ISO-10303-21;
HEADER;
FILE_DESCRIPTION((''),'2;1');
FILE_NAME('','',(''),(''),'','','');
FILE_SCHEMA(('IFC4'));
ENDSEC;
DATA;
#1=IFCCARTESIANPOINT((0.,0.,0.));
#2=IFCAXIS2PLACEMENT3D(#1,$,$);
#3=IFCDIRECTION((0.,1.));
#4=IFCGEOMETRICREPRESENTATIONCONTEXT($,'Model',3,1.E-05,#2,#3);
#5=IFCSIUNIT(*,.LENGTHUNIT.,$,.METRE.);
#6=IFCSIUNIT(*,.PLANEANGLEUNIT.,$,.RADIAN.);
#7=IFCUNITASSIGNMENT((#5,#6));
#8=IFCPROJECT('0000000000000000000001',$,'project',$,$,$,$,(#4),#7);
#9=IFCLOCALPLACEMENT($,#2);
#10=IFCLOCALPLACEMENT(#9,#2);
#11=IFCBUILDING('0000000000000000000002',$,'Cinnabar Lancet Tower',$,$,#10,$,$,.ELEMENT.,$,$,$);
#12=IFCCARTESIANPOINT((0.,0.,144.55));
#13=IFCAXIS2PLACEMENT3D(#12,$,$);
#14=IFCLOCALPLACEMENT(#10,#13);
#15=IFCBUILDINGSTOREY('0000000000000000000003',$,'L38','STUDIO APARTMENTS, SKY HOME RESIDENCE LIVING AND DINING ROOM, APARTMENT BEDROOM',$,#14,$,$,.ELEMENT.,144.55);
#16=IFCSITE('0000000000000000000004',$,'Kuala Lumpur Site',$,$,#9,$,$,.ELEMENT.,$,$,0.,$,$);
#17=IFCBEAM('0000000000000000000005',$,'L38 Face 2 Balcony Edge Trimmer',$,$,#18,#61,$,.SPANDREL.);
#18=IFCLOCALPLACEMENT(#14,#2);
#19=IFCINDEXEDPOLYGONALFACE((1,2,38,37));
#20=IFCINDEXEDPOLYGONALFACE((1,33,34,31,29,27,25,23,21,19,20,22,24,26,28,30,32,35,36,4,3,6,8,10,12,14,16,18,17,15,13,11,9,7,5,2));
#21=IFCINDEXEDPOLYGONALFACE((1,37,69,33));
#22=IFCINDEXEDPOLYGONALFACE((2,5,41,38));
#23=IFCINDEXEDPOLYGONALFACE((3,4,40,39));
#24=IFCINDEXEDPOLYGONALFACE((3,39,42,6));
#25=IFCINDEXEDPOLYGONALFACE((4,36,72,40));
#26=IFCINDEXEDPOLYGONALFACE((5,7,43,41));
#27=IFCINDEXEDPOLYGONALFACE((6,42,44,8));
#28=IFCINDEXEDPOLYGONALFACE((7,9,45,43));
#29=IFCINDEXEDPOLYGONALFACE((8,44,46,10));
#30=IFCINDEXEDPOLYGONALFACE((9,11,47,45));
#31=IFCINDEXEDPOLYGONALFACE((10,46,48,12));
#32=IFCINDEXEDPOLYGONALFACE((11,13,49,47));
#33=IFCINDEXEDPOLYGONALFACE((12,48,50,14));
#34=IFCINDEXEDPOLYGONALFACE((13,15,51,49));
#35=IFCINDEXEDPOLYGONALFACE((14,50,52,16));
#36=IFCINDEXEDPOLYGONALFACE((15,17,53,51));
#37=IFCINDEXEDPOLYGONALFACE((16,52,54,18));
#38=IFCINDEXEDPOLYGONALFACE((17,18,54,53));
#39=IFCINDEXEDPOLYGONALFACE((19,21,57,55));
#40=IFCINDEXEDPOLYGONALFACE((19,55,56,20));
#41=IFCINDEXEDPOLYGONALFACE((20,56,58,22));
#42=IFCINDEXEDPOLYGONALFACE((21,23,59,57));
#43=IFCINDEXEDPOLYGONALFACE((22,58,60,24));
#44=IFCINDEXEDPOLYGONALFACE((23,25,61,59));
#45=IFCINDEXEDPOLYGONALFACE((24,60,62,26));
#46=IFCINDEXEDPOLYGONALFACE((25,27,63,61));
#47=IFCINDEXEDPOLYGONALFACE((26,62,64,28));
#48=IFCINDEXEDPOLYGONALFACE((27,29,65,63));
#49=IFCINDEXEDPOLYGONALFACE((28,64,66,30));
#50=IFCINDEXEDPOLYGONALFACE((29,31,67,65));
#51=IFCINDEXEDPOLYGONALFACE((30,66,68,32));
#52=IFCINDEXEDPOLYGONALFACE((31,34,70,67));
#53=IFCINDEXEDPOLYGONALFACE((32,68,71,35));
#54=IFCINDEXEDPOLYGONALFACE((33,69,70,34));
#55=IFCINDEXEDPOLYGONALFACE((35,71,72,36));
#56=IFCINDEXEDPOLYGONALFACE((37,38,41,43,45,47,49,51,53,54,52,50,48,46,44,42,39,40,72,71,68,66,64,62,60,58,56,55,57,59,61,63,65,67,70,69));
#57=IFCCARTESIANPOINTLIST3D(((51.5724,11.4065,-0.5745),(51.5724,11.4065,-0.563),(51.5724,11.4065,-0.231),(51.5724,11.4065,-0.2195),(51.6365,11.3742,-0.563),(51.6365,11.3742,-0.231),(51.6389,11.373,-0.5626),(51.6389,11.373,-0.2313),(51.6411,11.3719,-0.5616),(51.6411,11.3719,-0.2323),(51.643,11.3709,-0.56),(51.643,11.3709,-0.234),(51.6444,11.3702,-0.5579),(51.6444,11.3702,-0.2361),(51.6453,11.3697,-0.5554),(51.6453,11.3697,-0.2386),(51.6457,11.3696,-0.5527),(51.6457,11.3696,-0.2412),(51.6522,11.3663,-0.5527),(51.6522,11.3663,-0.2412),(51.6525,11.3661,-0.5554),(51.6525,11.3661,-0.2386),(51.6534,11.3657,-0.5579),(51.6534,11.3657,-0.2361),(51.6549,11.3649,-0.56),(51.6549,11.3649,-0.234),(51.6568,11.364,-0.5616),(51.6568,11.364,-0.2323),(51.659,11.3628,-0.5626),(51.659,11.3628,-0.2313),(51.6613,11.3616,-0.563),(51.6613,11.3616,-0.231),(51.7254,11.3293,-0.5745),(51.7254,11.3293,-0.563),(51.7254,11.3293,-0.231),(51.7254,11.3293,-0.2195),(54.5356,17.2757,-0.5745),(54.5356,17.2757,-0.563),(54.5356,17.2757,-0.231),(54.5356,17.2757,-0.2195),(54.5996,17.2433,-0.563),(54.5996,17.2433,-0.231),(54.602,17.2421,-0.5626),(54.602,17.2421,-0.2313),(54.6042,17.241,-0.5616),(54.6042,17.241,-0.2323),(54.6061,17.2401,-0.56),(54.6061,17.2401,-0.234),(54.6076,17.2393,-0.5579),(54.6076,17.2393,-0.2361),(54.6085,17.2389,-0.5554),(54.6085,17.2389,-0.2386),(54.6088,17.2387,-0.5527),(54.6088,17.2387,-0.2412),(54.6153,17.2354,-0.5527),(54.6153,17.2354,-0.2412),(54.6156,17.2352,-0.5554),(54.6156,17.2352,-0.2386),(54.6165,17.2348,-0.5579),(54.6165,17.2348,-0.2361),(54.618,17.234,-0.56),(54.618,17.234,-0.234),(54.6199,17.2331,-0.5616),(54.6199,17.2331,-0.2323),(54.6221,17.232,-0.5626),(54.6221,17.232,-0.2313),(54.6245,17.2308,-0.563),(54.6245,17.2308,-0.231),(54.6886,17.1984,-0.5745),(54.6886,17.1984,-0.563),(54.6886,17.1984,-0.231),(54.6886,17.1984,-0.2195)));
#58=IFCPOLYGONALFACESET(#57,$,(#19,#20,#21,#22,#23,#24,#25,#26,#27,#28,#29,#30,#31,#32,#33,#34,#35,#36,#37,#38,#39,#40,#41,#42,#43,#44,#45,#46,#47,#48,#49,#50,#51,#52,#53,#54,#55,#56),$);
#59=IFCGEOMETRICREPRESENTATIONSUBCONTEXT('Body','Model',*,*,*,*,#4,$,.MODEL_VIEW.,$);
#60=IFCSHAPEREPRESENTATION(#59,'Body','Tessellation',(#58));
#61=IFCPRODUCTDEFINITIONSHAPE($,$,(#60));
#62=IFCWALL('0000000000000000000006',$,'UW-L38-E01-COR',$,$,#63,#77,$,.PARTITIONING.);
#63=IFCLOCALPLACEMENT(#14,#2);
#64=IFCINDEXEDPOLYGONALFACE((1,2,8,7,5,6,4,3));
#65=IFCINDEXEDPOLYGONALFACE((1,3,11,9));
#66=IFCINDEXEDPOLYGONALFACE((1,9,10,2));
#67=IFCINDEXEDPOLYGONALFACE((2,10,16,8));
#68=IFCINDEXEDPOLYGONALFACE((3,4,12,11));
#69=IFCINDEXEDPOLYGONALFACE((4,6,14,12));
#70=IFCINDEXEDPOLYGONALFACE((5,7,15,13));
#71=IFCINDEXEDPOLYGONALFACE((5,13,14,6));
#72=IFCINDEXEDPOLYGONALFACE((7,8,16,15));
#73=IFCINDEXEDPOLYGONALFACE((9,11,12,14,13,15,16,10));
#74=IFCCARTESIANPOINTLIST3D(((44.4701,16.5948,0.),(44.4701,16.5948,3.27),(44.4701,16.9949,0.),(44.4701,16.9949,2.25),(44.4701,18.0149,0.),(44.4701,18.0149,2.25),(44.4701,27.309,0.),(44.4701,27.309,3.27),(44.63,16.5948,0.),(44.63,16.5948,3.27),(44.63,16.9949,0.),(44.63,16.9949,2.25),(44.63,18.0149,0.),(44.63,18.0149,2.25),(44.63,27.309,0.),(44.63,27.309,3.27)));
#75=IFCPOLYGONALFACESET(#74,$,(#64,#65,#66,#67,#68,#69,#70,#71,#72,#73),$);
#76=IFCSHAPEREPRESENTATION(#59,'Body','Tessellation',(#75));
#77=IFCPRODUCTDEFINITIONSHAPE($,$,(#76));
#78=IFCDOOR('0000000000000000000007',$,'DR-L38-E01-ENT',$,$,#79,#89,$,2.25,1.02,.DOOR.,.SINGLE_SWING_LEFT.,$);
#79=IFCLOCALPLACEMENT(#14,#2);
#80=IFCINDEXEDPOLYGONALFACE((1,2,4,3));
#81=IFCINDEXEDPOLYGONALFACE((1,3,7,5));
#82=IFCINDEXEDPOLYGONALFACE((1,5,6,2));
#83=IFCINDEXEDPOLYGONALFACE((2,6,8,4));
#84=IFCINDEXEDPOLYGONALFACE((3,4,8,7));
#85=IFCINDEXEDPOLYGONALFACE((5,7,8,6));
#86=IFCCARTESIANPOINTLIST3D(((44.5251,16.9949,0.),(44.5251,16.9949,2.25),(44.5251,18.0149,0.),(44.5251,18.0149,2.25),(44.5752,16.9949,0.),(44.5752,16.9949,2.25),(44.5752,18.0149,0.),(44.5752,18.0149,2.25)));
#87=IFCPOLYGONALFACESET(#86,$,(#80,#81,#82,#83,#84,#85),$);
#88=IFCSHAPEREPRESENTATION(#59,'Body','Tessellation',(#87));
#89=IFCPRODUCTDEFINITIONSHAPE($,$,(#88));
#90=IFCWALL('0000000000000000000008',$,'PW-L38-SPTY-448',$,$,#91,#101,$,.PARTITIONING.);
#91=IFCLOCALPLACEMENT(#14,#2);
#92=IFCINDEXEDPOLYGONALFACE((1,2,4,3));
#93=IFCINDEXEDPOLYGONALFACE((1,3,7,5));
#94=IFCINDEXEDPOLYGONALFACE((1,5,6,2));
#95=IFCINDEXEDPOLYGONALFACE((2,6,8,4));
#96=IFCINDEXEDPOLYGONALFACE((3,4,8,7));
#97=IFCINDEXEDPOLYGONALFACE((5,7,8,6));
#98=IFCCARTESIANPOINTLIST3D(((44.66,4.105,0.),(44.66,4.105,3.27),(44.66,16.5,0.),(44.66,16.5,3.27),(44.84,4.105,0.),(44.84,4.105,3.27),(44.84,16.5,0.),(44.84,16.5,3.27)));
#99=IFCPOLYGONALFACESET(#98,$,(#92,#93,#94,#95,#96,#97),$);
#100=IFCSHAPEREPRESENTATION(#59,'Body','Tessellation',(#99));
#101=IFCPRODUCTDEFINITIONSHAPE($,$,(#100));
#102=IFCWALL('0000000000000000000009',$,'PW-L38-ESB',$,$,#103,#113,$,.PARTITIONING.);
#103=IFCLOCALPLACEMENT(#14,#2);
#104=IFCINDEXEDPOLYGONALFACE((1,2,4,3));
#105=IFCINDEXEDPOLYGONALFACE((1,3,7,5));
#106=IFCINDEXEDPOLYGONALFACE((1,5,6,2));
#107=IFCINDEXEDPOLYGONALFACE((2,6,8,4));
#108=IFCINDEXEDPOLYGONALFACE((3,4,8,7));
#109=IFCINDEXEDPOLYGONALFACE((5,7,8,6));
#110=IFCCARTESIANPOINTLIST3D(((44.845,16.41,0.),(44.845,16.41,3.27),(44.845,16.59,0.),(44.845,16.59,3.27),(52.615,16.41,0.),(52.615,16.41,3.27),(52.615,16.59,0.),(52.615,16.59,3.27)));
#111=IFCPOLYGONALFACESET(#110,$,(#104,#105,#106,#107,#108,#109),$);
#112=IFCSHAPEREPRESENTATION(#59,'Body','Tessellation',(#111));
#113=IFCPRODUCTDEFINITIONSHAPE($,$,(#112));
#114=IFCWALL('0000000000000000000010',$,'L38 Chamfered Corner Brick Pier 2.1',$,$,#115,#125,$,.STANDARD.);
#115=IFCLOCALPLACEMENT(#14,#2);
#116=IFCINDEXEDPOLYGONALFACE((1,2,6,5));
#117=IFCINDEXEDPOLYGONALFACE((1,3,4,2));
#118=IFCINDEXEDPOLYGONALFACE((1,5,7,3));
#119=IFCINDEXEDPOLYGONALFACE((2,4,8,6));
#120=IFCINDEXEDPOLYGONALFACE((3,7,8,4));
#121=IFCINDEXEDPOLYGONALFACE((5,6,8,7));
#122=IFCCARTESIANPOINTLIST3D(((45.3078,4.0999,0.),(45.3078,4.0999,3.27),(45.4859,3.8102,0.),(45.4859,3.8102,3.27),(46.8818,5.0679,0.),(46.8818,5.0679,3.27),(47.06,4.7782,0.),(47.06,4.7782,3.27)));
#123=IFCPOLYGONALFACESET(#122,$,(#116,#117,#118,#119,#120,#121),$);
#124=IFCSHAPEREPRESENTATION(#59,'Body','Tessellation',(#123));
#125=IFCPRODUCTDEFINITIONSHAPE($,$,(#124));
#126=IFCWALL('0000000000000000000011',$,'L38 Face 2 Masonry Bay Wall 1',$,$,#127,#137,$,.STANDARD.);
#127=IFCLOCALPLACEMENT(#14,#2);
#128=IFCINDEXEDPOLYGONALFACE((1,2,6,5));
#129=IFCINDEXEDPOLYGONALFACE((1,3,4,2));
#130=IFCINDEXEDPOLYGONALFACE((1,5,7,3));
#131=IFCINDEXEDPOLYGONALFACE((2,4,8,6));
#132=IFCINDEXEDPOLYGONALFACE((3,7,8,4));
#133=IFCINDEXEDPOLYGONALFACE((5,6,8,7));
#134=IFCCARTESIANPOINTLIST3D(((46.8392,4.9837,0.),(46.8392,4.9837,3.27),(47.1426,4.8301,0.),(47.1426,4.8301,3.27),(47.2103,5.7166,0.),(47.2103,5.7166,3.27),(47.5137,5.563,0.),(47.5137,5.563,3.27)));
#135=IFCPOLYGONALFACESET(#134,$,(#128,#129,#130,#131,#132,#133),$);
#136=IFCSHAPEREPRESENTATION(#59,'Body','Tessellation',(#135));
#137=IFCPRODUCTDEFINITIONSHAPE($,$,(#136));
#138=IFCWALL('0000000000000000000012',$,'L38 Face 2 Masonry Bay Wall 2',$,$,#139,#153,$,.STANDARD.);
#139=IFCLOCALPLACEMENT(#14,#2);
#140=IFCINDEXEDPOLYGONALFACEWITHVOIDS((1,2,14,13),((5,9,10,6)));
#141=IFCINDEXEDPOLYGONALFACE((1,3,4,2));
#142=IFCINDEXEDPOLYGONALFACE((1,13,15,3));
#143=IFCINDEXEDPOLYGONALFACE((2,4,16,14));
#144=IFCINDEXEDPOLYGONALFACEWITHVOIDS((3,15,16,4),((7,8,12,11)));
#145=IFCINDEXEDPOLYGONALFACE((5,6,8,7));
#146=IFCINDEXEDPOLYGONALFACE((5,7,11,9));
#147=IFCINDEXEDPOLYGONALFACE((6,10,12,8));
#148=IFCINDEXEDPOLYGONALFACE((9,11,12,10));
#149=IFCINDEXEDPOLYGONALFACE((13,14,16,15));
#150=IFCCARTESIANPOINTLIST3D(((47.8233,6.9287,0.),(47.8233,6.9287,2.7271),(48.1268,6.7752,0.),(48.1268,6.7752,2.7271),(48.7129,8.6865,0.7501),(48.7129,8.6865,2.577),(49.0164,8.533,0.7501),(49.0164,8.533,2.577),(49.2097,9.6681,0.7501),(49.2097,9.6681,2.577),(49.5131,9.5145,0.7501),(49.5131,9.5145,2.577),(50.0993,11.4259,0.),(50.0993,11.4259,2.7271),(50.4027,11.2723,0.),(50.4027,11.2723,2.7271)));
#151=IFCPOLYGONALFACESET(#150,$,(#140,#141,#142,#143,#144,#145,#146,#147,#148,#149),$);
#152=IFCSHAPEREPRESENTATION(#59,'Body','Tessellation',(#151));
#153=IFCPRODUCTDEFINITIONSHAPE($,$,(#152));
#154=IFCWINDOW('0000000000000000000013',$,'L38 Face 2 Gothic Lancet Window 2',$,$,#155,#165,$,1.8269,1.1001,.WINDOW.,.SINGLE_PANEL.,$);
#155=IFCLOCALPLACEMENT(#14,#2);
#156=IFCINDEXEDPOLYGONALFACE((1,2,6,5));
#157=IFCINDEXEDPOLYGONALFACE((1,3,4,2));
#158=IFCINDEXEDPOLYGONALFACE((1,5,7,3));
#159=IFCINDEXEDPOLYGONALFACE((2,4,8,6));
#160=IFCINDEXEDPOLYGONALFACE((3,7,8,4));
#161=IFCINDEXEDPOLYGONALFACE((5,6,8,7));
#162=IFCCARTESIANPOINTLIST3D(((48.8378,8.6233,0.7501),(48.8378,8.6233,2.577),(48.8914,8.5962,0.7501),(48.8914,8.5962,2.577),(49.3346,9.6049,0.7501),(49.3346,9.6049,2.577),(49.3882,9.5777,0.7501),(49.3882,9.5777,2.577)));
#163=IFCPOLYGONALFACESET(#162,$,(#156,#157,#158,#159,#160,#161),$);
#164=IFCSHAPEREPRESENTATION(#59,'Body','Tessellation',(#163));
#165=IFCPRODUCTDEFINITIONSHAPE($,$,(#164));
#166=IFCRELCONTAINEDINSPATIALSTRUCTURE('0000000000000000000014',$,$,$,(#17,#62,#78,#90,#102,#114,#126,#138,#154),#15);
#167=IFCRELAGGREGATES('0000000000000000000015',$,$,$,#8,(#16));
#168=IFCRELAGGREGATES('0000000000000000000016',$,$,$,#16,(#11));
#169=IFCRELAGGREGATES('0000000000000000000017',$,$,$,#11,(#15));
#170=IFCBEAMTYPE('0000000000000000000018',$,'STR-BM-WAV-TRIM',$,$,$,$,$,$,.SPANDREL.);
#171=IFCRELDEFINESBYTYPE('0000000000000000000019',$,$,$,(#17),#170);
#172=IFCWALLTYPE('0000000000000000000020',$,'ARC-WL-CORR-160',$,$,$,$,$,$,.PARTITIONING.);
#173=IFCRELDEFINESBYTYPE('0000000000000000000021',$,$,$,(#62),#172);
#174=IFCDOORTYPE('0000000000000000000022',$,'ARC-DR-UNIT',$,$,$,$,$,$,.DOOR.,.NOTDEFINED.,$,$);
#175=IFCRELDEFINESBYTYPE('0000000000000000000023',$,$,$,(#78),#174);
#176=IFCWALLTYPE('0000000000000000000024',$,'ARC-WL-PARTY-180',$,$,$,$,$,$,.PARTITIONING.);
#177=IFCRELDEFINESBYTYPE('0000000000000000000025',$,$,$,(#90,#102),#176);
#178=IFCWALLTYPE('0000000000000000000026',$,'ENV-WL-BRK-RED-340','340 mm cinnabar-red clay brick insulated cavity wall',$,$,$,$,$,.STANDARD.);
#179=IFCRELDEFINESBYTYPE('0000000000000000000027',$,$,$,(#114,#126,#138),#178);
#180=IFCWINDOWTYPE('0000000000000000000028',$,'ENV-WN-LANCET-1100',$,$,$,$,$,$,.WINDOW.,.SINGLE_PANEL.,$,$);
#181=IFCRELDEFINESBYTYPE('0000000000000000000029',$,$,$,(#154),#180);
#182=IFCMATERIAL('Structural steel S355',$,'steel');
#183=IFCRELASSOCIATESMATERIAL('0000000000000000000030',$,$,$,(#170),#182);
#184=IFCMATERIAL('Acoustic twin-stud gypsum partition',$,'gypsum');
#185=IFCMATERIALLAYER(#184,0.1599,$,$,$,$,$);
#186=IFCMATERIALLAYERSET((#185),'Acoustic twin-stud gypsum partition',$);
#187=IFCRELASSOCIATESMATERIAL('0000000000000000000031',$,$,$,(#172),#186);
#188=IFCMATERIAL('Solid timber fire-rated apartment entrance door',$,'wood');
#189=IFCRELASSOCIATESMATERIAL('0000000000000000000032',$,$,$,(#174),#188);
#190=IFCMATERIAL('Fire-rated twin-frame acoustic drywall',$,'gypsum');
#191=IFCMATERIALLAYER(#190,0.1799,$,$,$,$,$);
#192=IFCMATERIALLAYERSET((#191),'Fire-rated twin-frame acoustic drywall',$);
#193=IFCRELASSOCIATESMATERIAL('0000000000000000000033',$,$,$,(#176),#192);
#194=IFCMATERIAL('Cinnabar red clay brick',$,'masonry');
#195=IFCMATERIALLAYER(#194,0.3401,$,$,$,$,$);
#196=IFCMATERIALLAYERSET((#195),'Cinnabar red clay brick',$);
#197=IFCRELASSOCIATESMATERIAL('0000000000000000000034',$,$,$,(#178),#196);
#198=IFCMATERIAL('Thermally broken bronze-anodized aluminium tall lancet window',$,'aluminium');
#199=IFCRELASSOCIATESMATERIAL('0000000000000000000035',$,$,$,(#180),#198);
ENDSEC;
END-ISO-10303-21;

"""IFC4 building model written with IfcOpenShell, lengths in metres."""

from ifc_helpers import new_model, si_unit, direction, frame, frame_2d, origin, origin_2d, place, context, subcontext, project, spatial, rectangle, i_section, extrude, material, layer, layer_set, material_profile, profile_set, type_object, element, fill, save


model = new_model("IFC4")

# Units and contexts
model_context = context("Model", 3, precision=1e-05, world=origin(), true_north=direction((0.0, 1.0)))
body_context = subcontext(model_context, "Body", "Model", "MODEL_VIEW")
ifc_project = project(units=[si_unit("LENGTHUNIT", "METRE"), si_unit("PLANEANGLEUNIT", "RADIAN")], contexts=[model_context])

# Site, building, storey
site_placement = place(None, origin())
site = spatial("IfcSite", under=ifc_project, at=site_placement, Name="Kuala Lumpur Site", CompositionType="ELEMENT", RefElevation=0.0)
building_placement = place(site_placement, origin())
building = spatial("IfcBuilding", under=site, at=building_placement, Name="Cinnabar Lancet Tower", CompositionType="ELEMENT")
storey_placement = place(building_placement, frame((0.0, 0.0, 144.55)))
storey = spatial("IfcBuildingStorey", under=building, at=storey_placement, Name="L38", Description="STUDIO APARTMENTS, SKY HOME RESIDENCE LIVING AND DINING ROOM, APARTMENT BEDROOM", CompositionType="ELEMENT", Elevation=144.55)

# Beam
ifc_material_1 = material(Name="Structural steel S355", Category="steel")
ifc_material_profile_1 = material_profile(ifc_material_1, i_section(OverallWidth=0.1714, OverallDepth=0.355, WebThickness=0.0073, FlangeThickness=0.0115, FilletRadius=0.0103, at=origin_2d()), Name="UKB 356x171x51")
ifc_profile_set_1 = profile_set([ifc_material_profile_1], Name="Structural steel S355")
beam_type_1 = type_object("IfcBeamType", Name="STR-BM-WAV-TRIM", PredefinedType="SPANDREL", material=ifc_profile_set_1)
beam_1_placement = place(storey_placement, frame((51.6489, 11.3679, -0.397), z_axis=(0.450686, 0.892683, 0.0), x_axis=(-0.892683, 0.450686, 0.0)))
element("IfcBeam", 1, at=beam_1_placement, inside=storey, type_object=beam_type_1, Name="L38 Face 2 Balcony Edge Trimmer", PredefinedType="SPANDREL", context=body_context, shape_type="SweptSolid", body=[
    extrude(i_section(OverallWidth=0.1714, OverallDepth=0.355, WebThickness=0.0073, FlangeThickness=0.0115, FilletRadius=0.0103, at=origin_2d()), origin(), (0.0, 0.0, 1.0), 6.5747),
])

# Wall, opening, door
ifc_material_2 = material(Name="Acoustic twin-stud gypsum partition", Category="gypsum")
ifc_layer_1 = layer(ifc_material_2, 0.1599)
ifc_layer_set_1 = layer_set([ifc_layer_1], Name="Acoustic twin-stud gypsum partition")
wall_type_1 = type_object("IfcWallType", Name="ARC-WL-CORR-160", PredefinedType="PARTITIONING", material=ifc_layer_set_1)
wall_1_placement = place(storey_placement, frame((44.55, 16.595, 0.0), z_axis=(0.0, 0.0, 1.0), x_axis=(0.0, 1.0, 0.0)))
wall_1 = element("IfcWall", 2, at=wall_1_placement, inside=storey, type_object=wall_type_1, Name="UW-L38-E01-COR", PredefinedType="PARTITIONING", context=body_context, shape_type="SweptSolid", body=[
    extrude(rectangle(XDim=10.7141, YDim=0.1599, at=frame_2d((5.3569, 0.0))), origin(), (0.0, 0.0, 1.0), 3.27),
])
opening_1_placement = place(wall_1_placement, frame((0.3999, 0.0, 0.0)))
opening_1 = element("IfcOpeningElement", 3, at=opening_1_placement, cuts=wall_1, PredefinedType="OPENING", context=body_context, shape_type="SweptSolid", body=[
    extrude(rectangle(XDim=1.02, YDim=2.25, at=frame_2d((0.51, 1.125))), frame((0.0, 0.0898, 0.0), z_axis=(0.0, -1.0, 0.0), x_axis=(1.0, 0.0, 0.0)), (0.0, 0.0, 1.0), 0.1799),
])
ifc_material_3 = material(Name="Solid timber fire-rated apartment entrance door", Category="wood")
door_type_1 = type_object("IfcDoorType", Name="ARC-DR-UNIT", OperationType="NOTDEFINED", PredefinedType="DOOR", material=ifc_material_3)
door_1_placement = place(opening_1_placement, origin())
door_1 = element("IfcDoor", 4, at=door_1_placement, inside=storey, type_object=door_type_1, Name="DR-L38-E01-ENT", OperationType="SINGLE_SWING_LEFT", OverallHeight=2.25, OverallWidth=1.02, PredefinedType="DOOR", context=body_context, shape_type="SweptSolid", body=[
    extrude(rectangle(XDim=1.02, YDim=2.25, at=frame_2d((0.51, 1.125))), frame((0.0, 0.0249, 0.0), z_axis=(0.0, -1.0, 0.0), x_axis=(1.0, 0.0, 0.0)), (0.0, 0.0, 1.0), 0.05),
])
fill(opening_1, door_1)

# Walls
ifc_material_4 = material(Name="Fire-rated twin-frame acoustic drywall", Category="gypsum")
ifc_layer_2 = layer(ifc_material_4, 0.1799)
ifc_layer_set_2 = layer_set([ifc_layer_2], Name="Fire-rated twin-frame acoustic drywall")
wall_type_2 = type_object("IfcWallType", Name="ARC-WL-PARTY-180", PredefinedType="PARTITIONING", material=ifc_layer_set_2)
wall_2_placement = place(storey_placement, frame((44.75, 4.105, 0.0), z_axis=(0.0, 0.0, 1.0), x_axis=(0.0, 1.0, 0.0)))
element("IfcWall", 5, at=wall_2_placement, inside=storey, type_object=wall_type_2, Name="PW-L38-SPTY-448", PredefinedType="PARTITIONING", context=body_context, shape_type="SweptSolid", body=[
    extrude(rectangle(XDim=12.395, YDim=0.1799, at=frame_2d((6.1975, 0.0))), origin(), (0.0, 0.0, 1.0), 3.27),
])
wall_3_placement = place(storey_placement, frame((44.845, 16.5, 0.0), z_axis=(0.0, 0.0, 1.0), x_axis=(1.0, 0.0, 0.0)))
element("IfcWall", 6, at=wall_3_placement, inside=storey, type_object=wall_type_2, Name="PW-L38-ESB", PredefinedType="PARTITIONING", context=body_context, shape_type="SweptSolid", body=[
    extrude(rectangle(XDim=7.77, YDim=0.1799, at=frame_2d((3.885, 0.0))), origin(), (0.0, 0.0, 1.0), 3.27),
])
ifc_material_5 = material(Name="Cinnabar red clay brick", Category="masonry")
ifc_layer_3 = layer(ifc_material_5, 0.3401)
ifc_layer_set_3 = layer_set([ifc_layer_3], Name="Cinnabar red clay brick")
wall_type_3 = type_object("IfcWallType", Name="ENV-WL-BRK-RED-340", Description="340 mm cinnabar-red clay brick insulated cavity wall", PredefinedType="STANDARD", material=ifc_layer_set_3)
wall_4_placement = place(storey_placement, frame((45.397, 3.9551, 0.0), z_axis=(0.0, 0.0, 1.0), x_axis=(0.851799, 0.523869, 0.0)))
element("IfcWall", 7, at=wall_4_placement, inside=storey, type_object=wall_type_3, Name="L38 Chamfered Corner Brick Pier 2.1", PredefinedType="STANDARD", context=body_context, shape_type="SweptSolid", body=[
    extrude(rectangle(XDim=1.8479, YDim=0.3401, at=frame_2d((0.9238, 0.0))), origin(), (0.0, 0.0, 1.0), 3.27),
])
wall_5_placement = place(storey_placement, frame((46.991, 4.907, 0.0), z_axis=(0.0, 0.0, 1.0), x_axis=(0.451725, 0.892157, 0.0)))
element("IfcWall", 8, at=wall_5_placement, inside=storey, type_object=wall_type_3, Name="L38 Face 2 Masonry Bay Wall 1", PredefinedType="STANDARD", context=body_context, shape_type="SweptSolid", body=[
    extrude(rectangle(XDim=0.8215, YDim=0.3401, at=frame_2d((0.4106, 0.0))), origin(), (0.0, 0.0, 1.0), 3.27),
])

# Wall, opening, window
wall_6_placement = place(storey_placement, frame((47.9751, 6.8521, 0.0), z_axis=(0.0, 0.0, 1.0), x_axis=(0.451548, 0.892247, 0.0)))
wall_6 = element("IfcWall", 9, at=wall_6_placement, inside=storey, type_object=wall_type_3, Name="L38 Face 2 Masonry Bay Wall 2", PredefinedType="STANDARD", context=body_context, shape_type="SweptSolid", body=[
    extrude(rectangle(XDim=5.0403, YDim=0.3401, at=frame_2d((2.52, 0.0))), origin(), (0.0, 0.0, 1.0), 2.7271),
])
opening_2_placement = place(wall_6_placement, frame((1.97, 0.0, 0.75)))
opening_2 = element("IfcOpeningElement", 10, at=opening_2_placement, cuts=wall_6, PredefinedType="OPENING", context=body_context, shape_type="SweptSolid", body=[
    extrude(rectangle(XDim=1.1001, YDim=1.8269, at=frame_2d((0.55, 0.9136))), frame((0.0, 0.1799, 0.0), z_axis=(0.0, -1.0, 0.0), x_axis=(1.0, 0.0, 0.0)), (0.0, 0.0, 1.0), 0.3601),
])
ifc_material_6 = material(Name="Thermally broken bronze-anodized aluminium tall lancet window", Category="aluminium")
window_type = type_object("IfcWindowType", Name="ENV-WN-LANCET-1100", PartitioningType="SINGLE_PANEL", PredefinedType="WINDOW", material=ifc_material_6)
window_placement = place(opening_2_placement, origin())
window = element("IfcWindow", 11, at=window_placement, inside=storey, type_object=window_type, Name="L38 Face 2 Gothic Lancet Window 2", OverallHeight=1.8269, OverallWidth=1.1001, PartitioningType="SINGLE_PANEL", PredefinedType="WINDOW", context=body_context, shape_type="SweptSolid", body=[
    extrude(rectangle(XDim=1.1001, YDim=1.8269, at=frame_2d((0.55, 0.9136))), frame((0.0, 0.03, 0.0), z_axis=(0.0, -1.0, 0.0), x_axis=(1.0, 0.0, 0.0)), (0.0, 0.0, 1.0), 0.0601),
])
fill(opening_2, window)

save(model, "model.ifc")
